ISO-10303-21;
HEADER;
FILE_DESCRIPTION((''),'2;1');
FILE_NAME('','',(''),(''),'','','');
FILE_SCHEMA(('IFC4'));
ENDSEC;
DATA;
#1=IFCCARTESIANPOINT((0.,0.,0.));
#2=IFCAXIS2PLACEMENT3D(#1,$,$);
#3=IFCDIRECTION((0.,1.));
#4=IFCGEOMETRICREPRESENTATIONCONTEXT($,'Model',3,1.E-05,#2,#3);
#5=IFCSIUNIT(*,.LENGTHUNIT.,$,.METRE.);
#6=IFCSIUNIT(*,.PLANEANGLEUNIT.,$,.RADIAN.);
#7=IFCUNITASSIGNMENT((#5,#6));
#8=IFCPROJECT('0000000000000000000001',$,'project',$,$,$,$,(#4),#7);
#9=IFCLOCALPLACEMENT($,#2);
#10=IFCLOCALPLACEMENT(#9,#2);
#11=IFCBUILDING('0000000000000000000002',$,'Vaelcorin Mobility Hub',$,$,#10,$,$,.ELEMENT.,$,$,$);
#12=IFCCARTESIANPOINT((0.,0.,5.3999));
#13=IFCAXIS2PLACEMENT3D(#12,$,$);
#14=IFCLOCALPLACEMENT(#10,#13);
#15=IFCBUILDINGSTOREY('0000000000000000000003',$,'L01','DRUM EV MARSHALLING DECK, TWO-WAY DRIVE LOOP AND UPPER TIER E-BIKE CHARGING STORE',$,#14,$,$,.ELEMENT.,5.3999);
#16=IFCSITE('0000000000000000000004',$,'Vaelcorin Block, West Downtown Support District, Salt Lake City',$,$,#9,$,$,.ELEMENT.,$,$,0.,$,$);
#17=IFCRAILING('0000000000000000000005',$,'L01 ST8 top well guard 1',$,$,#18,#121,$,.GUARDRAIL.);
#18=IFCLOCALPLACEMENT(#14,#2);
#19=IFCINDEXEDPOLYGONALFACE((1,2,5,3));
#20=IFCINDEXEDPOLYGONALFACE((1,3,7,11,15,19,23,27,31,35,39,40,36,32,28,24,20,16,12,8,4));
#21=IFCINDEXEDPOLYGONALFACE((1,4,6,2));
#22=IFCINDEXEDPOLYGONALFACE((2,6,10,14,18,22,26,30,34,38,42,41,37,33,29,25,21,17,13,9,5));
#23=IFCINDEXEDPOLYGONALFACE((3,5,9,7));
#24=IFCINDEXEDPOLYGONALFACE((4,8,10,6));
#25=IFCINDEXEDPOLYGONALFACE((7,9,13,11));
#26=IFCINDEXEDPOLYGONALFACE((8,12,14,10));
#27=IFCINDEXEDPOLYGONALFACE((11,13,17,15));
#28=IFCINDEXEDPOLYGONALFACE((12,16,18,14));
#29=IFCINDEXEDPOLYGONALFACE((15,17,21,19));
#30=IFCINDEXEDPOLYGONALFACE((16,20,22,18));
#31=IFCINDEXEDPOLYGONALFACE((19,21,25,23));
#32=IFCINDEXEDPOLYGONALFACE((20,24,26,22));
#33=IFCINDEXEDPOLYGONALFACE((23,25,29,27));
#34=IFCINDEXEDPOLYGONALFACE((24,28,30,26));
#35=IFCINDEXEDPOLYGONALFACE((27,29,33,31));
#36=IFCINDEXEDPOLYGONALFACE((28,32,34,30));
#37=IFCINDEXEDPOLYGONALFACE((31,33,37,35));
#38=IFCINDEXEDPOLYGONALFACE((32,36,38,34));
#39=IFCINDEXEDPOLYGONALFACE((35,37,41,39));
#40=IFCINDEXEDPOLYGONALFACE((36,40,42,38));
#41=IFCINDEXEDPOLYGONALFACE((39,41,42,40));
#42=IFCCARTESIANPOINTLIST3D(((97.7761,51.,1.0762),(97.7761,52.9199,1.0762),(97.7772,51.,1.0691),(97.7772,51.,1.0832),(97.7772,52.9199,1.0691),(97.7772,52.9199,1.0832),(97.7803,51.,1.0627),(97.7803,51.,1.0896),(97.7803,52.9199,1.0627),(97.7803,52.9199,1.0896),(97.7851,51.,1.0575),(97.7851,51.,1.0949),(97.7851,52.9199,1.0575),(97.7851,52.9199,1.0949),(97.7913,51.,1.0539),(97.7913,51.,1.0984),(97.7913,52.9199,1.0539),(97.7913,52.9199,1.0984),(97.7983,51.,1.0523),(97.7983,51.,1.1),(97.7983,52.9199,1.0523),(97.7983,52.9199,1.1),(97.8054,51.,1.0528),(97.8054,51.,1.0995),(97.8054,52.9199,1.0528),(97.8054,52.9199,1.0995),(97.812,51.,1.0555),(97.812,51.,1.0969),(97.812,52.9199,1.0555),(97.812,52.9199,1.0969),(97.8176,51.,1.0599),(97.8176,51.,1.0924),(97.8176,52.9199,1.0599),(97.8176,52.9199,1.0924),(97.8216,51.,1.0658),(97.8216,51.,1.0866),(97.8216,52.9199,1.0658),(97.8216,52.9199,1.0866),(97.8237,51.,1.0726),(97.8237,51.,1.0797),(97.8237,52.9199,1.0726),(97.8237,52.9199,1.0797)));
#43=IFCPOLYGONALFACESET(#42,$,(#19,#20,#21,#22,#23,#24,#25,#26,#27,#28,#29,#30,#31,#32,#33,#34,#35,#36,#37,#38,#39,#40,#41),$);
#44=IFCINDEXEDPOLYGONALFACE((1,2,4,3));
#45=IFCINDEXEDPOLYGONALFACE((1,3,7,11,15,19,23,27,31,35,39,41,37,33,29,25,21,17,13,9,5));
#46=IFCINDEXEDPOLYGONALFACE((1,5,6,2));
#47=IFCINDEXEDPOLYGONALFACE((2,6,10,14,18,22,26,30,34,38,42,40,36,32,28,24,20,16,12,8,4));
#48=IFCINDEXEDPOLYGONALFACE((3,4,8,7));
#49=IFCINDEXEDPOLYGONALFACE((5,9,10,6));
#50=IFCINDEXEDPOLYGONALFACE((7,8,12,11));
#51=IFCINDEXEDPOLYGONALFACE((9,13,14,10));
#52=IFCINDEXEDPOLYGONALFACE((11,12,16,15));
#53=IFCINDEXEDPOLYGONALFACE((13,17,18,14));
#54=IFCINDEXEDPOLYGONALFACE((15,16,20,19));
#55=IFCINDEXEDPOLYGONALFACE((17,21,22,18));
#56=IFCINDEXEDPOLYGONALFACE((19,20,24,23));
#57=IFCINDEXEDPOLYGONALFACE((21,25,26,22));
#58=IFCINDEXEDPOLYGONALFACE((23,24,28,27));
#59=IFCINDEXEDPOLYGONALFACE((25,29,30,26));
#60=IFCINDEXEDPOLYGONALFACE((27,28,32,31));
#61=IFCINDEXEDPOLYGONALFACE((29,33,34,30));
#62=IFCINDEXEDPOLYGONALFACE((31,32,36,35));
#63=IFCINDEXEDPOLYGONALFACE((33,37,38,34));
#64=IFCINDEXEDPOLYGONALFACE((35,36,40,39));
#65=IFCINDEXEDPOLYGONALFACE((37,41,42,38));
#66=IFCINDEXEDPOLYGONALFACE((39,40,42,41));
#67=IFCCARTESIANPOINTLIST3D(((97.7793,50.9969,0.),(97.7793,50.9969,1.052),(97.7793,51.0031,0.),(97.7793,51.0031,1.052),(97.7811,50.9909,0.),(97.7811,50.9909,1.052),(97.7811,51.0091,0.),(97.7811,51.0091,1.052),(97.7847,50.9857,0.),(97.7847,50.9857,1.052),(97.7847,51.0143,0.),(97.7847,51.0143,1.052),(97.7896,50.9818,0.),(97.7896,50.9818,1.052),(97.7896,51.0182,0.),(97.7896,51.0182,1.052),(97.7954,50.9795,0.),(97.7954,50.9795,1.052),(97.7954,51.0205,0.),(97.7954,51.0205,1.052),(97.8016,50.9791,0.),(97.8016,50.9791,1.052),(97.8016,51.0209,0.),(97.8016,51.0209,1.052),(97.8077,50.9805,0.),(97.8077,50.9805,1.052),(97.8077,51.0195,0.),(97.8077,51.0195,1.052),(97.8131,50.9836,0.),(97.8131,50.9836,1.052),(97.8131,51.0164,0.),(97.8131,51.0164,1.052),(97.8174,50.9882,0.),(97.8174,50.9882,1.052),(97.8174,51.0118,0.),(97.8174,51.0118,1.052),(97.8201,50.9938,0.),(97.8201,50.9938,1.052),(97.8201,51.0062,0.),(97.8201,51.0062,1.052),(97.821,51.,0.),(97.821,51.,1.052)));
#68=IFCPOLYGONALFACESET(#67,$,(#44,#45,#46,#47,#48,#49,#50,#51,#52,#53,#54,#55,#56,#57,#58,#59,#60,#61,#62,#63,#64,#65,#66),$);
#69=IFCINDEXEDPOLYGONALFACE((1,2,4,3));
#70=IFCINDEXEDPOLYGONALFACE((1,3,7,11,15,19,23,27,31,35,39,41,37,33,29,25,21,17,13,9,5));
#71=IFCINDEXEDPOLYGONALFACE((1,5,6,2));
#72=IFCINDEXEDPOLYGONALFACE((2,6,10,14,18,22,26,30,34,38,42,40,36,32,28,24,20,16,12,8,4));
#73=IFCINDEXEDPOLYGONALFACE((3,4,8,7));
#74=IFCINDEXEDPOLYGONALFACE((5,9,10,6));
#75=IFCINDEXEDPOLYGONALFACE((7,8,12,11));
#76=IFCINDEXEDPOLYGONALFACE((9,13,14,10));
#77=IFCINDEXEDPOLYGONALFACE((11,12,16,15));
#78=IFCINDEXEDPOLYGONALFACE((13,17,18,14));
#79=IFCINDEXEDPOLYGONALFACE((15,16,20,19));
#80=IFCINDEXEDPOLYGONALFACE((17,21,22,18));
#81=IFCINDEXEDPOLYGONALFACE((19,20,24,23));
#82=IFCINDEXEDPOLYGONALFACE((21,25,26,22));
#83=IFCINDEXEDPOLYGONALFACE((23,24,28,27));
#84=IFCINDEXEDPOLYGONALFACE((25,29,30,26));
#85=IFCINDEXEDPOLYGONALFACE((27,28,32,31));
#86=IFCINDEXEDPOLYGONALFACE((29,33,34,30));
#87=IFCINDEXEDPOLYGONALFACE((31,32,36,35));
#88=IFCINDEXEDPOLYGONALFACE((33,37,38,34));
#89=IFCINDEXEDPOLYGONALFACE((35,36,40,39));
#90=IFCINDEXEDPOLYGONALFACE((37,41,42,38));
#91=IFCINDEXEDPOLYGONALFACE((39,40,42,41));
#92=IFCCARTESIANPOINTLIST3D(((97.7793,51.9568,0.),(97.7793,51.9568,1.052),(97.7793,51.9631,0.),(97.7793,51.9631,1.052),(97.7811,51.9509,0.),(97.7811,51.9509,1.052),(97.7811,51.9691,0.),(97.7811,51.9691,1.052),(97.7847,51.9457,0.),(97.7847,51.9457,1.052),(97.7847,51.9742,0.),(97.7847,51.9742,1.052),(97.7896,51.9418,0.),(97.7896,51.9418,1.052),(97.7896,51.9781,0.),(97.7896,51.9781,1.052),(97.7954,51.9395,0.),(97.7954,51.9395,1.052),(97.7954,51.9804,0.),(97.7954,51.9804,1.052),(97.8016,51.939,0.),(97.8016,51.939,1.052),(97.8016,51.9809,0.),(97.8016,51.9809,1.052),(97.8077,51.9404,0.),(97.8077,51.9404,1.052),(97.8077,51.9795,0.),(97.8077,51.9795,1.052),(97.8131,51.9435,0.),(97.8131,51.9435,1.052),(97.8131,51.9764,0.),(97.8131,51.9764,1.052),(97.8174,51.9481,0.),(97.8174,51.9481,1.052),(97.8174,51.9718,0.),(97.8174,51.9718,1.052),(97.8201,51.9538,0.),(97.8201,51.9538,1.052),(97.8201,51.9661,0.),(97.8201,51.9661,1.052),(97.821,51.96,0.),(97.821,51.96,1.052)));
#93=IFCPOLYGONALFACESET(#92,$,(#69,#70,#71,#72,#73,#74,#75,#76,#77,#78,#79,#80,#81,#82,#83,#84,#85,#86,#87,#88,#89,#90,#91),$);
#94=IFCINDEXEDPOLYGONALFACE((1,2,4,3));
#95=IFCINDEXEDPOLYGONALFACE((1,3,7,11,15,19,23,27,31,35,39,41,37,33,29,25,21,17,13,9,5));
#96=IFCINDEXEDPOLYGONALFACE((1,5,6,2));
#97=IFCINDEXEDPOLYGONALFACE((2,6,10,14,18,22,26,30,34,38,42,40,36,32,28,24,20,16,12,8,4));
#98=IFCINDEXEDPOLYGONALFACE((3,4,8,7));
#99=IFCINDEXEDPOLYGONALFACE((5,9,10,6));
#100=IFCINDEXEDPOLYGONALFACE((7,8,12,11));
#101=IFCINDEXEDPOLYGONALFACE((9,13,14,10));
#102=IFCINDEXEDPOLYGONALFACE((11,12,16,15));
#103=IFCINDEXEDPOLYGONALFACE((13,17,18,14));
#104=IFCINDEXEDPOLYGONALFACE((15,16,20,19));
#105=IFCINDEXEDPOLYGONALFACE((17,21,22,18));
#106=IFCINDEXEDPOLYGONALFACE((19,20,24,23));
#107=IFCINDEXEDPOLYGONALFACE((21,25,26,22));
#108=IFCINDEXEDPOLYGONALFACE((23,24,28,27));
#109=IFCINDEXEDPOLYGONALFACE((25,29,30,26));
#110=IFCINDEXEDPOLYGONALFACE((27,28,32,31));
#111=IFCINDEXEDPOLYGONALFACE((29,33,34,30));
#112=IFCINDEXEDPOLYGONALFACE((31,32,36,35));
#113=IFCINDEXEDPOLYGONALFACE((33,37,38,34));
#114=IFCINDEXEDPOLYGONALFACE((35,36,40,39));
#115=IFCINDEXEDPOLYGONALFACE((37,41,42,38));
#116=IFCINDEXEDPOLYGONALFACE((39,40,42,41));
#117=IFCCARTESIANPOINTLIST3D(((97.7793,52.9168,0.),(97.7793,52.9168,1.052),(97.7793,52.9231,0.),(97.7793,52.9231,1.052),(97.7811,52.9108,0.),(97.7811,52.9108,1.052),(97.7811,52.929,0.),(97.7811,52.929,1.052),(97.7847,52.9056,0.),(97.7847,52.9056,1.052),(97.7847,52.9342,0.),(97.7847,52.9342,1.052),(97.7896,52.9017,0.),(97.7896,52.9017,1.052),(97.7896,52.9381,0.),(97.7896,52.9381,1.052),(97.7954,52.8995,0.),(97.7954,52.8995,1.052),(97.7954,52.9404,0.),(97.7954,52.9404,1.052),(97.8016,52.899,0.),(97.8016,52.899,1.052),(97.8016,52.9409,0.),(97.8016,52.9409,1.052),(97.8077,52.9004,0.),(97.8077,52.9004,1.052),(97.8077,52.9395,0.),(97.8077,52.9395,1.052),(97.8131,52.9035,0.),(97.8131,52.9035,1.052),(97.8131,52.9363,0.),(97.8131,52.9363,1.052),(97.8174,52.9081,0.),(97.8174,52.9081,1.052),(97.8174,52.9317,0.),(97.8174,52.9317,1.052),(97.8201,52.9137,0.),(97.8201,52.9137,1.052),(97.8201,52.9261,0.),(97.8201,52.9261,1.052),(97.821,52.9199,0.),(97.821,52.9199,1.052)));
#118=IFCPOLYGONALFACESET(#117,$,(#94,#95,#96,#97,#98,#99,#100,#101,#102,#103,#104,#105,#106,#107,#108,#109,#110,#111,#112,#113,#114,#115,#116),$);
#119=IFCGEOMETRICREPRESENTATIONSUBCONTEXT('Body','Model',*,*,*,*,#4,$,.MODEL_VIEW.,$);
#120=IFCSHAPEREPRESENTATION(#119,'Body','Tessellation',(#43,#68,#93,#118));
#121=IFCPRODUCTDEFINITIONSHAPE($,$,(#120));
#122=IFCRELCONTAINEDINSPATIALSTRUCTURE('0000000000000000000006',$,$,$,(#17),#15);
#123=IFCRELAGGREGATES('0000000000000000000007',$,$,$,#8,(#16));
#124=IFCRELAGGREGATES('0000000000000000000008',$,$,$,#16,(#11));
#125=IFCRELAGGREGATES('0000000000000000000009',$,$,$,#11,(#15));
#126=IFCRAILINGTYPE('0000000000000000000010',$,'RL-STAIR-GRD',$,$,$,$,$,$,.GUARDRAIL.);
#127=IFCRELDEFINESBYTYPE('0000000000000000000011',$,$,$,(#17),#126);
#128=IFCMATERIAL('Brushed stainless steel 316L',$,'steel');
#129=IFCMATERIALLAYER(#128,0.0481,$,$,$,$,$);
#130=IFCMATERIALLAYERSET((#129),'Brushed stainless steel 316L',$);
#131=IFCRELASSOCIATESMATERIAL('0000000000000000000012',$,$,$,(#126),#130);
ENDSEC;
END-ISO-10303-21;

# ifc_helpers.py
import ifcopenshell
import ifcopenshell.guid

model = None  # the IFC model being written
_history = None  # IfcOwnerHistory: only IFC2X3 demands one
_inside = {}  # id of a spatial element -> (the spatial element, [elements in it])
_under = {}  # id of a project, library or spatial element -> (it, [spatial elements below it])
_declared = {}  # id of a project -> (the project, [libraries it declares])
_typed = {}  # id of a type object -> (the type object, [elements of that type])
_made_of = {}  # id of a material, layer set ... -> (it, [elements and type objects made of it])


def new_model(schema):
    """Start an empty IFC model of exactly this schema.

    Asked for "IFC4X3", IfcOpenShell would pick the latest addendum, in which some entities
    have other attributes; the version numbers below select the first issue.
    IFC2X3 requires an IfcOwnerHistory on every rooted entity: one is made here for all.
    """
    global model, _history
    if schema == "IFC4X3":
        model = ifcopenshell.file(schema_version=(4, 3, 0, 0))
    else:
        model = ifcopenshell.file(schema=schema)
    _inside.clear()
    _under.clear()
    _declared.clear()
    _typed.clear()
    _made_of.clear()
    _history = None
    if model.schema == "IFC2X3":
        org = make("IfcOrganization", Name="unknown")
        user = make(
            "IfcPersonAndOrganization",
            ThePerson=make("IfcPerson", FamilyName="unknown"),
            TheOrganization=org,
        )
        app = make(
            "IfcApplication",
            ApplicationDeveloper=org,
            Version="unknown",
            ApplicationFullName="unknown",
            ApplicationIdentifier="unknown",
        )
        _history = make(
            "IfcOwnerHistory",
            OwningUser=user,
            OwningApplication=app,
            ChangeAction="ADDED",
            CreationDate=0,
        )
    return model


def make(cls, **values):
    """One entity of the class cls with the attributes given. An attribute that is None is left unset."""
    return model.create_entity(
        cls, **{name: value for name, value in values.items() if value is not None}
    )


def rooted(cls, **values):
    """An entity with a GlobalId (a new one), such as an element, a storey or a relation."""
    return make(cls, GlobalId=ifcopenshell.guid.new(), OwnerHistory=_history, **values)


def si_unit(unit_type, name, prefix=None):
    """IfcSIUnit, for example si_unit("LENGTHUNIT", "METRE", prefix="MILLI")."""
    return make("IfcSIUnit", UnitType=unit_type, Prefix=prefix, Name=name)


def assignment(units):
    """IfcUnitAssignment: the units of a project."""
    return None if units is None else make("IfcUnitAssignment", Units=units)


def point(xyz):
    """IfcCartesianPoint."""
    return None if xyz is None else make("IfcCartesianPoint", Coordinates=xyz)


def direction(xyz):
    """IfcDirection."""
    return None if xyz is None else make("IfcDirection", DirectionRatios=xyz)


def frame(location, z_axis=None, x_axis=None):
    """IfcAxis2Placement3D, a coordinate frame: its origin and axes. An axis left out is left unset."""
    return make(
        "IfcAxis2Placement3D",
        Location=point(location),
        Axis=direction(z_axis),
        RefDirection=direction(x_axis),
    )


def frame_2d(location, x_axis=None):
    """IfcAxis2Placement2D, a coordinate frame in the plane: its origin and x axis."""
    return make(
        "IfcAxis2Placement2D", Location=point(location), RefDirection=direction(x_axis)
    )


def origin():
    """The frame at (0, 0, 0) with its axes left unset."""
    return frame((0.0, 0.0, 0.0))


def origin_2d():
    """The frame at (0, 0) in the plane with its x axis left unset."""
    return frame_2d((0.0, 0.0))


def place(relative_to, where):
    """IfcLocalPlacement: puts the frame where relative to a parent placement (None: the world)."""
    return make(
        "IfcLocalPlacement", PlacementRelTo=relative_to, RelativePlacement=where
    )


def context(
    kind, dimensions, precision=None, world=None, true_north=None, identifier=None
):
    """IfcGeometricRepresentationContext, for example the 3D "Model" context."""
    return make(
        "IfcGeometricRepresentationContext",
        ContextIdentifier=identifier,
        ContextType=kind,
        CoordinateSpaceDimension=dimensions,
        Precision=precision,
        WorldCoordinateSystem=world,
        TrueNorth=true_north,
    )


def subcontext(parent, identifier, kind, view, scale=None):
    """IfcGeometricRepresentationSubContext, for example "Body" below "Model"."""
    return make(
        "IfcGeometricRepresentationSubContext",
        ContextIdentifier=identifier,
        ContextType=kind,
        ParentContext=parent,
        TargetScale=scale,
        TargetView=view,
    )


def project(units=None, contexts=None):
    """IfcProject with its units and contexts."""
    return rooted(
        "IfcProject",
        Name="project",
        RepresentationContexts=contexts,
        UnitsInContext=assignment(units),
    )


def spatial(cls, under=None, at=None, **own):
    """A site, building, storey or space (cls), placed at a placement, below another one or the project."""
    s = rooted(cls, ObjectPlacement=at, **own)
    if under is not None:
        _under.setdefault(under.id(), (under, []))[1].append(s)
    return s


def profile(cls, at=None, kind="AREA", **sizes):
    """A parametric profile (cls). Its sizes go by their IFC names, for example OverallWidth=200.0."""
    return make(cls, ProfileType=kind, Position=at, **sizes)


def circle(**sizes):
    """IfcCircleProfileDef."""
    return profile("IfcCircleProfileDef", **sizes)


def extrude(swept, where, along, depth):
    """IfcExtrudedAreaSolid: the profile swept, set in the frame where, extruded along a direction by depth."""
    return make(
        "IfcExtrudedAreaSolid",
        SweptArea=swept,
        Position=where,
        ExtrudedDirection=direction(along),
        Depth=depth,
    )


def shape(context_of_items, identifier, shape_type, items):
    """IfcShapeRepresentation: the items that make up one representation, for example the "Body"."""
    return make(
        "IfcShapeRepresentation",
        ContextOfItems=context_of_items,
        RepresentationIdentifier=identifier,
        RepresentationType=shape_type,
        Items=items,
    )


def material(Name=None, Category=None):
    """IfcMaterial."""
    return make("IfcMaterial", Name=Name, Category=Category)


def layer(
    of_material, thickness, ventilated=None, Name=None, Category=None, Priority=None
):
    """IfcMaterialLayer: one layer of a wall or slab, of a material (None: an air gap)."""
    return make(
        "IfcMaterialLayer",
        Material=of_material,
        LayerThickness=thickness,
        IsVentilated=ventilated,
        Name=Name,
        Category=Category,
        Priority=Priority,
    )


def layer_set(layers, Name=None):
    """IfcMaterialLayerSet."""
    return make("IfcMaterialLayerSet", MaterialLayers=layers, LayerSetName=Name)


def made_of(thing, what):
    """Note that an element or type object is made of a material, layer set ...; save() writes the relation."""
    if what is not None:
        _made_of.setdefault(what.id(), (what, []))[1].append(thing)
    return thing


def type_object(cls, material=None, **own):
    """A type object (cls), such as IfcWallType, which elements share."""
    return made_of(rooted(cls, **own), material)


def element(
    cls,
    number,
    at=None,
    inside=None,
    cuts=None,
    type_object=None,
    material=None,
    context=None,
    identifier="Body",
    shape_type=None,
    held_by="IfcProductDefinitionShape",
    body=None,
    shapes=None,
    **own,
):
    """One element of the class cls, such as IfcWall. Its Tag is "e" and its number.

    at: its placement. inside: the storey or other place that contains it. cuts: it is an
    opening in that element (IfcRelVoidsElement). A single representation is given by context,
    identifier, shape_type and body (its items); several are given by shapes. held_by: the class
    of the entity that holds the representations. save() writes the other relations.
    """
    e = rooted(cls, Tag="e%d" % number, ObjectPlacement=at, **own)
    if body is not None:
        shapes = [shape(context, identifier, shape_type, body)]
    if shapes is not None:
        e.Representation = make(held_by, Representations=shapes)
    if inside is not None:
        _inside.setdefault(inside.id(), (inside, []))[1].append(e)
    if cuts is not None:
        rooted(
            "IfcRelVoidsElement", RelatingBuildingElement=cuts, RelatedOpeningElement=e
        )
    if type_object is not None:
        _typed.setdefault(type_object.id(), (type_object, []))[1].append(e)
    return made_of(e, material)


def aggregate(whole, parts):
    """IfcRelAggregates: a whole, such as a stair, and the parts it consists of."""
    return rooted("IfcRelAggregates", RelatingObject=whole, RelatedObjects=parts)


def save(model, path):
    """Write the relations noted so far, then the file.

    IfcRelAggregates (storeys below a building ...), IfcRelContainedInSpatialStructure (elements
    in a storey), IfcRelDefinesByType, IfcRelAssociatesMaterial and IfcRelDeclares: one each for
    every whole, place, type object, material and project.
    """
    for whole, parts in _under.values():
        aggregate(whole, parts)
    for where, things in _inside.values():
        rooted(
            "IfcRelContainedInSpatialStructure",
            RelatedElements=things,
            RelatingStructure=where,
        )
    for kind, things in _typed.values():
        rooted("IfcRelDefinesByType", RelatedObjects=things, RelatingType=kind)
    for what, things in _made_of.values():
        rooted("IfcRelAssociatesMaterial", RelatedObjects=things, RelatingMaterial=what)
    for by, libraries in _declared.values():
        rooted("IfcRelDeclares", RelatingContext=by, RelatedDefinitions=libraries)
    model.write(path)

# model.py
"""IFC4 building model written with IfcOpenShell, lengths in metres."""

from ifc_helpers import new_model, si_unit, direction, frame, origin, origin_2d, place, context, subcontext, project, spatial, circle, extrude, material, layer, layer_set, type_object, element, save


model = new_model("IFC4")

# Units and contexts
model_context = context("Model", 3, precision=1e-05, world=origin(), true_north=direction((0.0, 1.0)))
body_context = subcontext(model_context, "Body", "Model", "MODEL_VIEW")
ifc_project = project(units=[si_unit("LENGTHUNIT", "METRE"), si_unit("PLANEANGLEUNIT", "RADIAN")], contexts=[model_context])

# Site, building, storey
site_placement = place(None, origin())
site = spatial("IfcSite", under=ifc_project, at=site_placement, Name="Vaelcorin Block, West Downtown Support District, Salt Lake City", CompositionType="ELEMENT", RefElevation=0.0)
building_placement = place(site_placement, origin())
building = spatial("IfcBuilding", under=site, at=building_placement, Name="Vaelcorin Mobility Hub", CompositionType="ELEMENT")
storey_placement = place(building_placement, frame((0.0, 0.0, 5.3999)))
storey = spatial("IfcBuildingStorey", under=building, at=storey_placement, Name="L01", Description="DRUM EV MARSHALLING DECK, TWO-WAY DRIVE LOOP AND UPPER TIER E-BIKE CHARGING STORE", CompositionType="ELEMENT", Elevation=5.3999)

# Shared definitions
ifc_material_1 = material(Name="Brushed stainless steel 316L", Category="steel")

# Railing
ifc_layer_1 = layer(ifc_material_1, 0.0481)
ifc_layer_set_1 = layer_set([ifc_layer_1], Name="Brushed stainless steel 316L")
railing_type_1 = type_object("IfcRailingType", Name="RL-STAIR-GRD", PredefinedType="GUARDRAIL", material=ifc_layer_set_1)
railing_1_placement = place(storey_placement, frame((97.8, 51.0, 0.0)))
element("IfcRailing", 1, at=railing_1_placement, inside=storey, type_object=railing_type_1, Name="L01 ST8 top well guard 1", PredefinedType="GUARDRAIL", context=body_context, shape_type="SweptSolid", body=[
    extrude(circle(Radius=0.0239, at=origin_2d()), frame((0.0, 0.0, 1.0762), z_axis=(0.0, 1.0, 0.0), x_axis=(-1.0, 0.0, 0.0)), (0.0, 0.0, 1.0), 1.9199),
    extrude(circle(Radius=0.021, at=origin_2d()), origin(), (0.0, 0.0, 1.0), 1.052),
    extrude(circle(Radius=0.021, at=origin_2d()), frame((0.0, 0.96, 0.0)), (0.0, 0.0, 1.0), 1.052),
    extrude(circle(Radius=0.021, at=origin_2d()), frame((0.0, 1.9199, 0.0)), (0.0, 0.0, 1.0), 1.052),
])

save(model, "model.ifc")
